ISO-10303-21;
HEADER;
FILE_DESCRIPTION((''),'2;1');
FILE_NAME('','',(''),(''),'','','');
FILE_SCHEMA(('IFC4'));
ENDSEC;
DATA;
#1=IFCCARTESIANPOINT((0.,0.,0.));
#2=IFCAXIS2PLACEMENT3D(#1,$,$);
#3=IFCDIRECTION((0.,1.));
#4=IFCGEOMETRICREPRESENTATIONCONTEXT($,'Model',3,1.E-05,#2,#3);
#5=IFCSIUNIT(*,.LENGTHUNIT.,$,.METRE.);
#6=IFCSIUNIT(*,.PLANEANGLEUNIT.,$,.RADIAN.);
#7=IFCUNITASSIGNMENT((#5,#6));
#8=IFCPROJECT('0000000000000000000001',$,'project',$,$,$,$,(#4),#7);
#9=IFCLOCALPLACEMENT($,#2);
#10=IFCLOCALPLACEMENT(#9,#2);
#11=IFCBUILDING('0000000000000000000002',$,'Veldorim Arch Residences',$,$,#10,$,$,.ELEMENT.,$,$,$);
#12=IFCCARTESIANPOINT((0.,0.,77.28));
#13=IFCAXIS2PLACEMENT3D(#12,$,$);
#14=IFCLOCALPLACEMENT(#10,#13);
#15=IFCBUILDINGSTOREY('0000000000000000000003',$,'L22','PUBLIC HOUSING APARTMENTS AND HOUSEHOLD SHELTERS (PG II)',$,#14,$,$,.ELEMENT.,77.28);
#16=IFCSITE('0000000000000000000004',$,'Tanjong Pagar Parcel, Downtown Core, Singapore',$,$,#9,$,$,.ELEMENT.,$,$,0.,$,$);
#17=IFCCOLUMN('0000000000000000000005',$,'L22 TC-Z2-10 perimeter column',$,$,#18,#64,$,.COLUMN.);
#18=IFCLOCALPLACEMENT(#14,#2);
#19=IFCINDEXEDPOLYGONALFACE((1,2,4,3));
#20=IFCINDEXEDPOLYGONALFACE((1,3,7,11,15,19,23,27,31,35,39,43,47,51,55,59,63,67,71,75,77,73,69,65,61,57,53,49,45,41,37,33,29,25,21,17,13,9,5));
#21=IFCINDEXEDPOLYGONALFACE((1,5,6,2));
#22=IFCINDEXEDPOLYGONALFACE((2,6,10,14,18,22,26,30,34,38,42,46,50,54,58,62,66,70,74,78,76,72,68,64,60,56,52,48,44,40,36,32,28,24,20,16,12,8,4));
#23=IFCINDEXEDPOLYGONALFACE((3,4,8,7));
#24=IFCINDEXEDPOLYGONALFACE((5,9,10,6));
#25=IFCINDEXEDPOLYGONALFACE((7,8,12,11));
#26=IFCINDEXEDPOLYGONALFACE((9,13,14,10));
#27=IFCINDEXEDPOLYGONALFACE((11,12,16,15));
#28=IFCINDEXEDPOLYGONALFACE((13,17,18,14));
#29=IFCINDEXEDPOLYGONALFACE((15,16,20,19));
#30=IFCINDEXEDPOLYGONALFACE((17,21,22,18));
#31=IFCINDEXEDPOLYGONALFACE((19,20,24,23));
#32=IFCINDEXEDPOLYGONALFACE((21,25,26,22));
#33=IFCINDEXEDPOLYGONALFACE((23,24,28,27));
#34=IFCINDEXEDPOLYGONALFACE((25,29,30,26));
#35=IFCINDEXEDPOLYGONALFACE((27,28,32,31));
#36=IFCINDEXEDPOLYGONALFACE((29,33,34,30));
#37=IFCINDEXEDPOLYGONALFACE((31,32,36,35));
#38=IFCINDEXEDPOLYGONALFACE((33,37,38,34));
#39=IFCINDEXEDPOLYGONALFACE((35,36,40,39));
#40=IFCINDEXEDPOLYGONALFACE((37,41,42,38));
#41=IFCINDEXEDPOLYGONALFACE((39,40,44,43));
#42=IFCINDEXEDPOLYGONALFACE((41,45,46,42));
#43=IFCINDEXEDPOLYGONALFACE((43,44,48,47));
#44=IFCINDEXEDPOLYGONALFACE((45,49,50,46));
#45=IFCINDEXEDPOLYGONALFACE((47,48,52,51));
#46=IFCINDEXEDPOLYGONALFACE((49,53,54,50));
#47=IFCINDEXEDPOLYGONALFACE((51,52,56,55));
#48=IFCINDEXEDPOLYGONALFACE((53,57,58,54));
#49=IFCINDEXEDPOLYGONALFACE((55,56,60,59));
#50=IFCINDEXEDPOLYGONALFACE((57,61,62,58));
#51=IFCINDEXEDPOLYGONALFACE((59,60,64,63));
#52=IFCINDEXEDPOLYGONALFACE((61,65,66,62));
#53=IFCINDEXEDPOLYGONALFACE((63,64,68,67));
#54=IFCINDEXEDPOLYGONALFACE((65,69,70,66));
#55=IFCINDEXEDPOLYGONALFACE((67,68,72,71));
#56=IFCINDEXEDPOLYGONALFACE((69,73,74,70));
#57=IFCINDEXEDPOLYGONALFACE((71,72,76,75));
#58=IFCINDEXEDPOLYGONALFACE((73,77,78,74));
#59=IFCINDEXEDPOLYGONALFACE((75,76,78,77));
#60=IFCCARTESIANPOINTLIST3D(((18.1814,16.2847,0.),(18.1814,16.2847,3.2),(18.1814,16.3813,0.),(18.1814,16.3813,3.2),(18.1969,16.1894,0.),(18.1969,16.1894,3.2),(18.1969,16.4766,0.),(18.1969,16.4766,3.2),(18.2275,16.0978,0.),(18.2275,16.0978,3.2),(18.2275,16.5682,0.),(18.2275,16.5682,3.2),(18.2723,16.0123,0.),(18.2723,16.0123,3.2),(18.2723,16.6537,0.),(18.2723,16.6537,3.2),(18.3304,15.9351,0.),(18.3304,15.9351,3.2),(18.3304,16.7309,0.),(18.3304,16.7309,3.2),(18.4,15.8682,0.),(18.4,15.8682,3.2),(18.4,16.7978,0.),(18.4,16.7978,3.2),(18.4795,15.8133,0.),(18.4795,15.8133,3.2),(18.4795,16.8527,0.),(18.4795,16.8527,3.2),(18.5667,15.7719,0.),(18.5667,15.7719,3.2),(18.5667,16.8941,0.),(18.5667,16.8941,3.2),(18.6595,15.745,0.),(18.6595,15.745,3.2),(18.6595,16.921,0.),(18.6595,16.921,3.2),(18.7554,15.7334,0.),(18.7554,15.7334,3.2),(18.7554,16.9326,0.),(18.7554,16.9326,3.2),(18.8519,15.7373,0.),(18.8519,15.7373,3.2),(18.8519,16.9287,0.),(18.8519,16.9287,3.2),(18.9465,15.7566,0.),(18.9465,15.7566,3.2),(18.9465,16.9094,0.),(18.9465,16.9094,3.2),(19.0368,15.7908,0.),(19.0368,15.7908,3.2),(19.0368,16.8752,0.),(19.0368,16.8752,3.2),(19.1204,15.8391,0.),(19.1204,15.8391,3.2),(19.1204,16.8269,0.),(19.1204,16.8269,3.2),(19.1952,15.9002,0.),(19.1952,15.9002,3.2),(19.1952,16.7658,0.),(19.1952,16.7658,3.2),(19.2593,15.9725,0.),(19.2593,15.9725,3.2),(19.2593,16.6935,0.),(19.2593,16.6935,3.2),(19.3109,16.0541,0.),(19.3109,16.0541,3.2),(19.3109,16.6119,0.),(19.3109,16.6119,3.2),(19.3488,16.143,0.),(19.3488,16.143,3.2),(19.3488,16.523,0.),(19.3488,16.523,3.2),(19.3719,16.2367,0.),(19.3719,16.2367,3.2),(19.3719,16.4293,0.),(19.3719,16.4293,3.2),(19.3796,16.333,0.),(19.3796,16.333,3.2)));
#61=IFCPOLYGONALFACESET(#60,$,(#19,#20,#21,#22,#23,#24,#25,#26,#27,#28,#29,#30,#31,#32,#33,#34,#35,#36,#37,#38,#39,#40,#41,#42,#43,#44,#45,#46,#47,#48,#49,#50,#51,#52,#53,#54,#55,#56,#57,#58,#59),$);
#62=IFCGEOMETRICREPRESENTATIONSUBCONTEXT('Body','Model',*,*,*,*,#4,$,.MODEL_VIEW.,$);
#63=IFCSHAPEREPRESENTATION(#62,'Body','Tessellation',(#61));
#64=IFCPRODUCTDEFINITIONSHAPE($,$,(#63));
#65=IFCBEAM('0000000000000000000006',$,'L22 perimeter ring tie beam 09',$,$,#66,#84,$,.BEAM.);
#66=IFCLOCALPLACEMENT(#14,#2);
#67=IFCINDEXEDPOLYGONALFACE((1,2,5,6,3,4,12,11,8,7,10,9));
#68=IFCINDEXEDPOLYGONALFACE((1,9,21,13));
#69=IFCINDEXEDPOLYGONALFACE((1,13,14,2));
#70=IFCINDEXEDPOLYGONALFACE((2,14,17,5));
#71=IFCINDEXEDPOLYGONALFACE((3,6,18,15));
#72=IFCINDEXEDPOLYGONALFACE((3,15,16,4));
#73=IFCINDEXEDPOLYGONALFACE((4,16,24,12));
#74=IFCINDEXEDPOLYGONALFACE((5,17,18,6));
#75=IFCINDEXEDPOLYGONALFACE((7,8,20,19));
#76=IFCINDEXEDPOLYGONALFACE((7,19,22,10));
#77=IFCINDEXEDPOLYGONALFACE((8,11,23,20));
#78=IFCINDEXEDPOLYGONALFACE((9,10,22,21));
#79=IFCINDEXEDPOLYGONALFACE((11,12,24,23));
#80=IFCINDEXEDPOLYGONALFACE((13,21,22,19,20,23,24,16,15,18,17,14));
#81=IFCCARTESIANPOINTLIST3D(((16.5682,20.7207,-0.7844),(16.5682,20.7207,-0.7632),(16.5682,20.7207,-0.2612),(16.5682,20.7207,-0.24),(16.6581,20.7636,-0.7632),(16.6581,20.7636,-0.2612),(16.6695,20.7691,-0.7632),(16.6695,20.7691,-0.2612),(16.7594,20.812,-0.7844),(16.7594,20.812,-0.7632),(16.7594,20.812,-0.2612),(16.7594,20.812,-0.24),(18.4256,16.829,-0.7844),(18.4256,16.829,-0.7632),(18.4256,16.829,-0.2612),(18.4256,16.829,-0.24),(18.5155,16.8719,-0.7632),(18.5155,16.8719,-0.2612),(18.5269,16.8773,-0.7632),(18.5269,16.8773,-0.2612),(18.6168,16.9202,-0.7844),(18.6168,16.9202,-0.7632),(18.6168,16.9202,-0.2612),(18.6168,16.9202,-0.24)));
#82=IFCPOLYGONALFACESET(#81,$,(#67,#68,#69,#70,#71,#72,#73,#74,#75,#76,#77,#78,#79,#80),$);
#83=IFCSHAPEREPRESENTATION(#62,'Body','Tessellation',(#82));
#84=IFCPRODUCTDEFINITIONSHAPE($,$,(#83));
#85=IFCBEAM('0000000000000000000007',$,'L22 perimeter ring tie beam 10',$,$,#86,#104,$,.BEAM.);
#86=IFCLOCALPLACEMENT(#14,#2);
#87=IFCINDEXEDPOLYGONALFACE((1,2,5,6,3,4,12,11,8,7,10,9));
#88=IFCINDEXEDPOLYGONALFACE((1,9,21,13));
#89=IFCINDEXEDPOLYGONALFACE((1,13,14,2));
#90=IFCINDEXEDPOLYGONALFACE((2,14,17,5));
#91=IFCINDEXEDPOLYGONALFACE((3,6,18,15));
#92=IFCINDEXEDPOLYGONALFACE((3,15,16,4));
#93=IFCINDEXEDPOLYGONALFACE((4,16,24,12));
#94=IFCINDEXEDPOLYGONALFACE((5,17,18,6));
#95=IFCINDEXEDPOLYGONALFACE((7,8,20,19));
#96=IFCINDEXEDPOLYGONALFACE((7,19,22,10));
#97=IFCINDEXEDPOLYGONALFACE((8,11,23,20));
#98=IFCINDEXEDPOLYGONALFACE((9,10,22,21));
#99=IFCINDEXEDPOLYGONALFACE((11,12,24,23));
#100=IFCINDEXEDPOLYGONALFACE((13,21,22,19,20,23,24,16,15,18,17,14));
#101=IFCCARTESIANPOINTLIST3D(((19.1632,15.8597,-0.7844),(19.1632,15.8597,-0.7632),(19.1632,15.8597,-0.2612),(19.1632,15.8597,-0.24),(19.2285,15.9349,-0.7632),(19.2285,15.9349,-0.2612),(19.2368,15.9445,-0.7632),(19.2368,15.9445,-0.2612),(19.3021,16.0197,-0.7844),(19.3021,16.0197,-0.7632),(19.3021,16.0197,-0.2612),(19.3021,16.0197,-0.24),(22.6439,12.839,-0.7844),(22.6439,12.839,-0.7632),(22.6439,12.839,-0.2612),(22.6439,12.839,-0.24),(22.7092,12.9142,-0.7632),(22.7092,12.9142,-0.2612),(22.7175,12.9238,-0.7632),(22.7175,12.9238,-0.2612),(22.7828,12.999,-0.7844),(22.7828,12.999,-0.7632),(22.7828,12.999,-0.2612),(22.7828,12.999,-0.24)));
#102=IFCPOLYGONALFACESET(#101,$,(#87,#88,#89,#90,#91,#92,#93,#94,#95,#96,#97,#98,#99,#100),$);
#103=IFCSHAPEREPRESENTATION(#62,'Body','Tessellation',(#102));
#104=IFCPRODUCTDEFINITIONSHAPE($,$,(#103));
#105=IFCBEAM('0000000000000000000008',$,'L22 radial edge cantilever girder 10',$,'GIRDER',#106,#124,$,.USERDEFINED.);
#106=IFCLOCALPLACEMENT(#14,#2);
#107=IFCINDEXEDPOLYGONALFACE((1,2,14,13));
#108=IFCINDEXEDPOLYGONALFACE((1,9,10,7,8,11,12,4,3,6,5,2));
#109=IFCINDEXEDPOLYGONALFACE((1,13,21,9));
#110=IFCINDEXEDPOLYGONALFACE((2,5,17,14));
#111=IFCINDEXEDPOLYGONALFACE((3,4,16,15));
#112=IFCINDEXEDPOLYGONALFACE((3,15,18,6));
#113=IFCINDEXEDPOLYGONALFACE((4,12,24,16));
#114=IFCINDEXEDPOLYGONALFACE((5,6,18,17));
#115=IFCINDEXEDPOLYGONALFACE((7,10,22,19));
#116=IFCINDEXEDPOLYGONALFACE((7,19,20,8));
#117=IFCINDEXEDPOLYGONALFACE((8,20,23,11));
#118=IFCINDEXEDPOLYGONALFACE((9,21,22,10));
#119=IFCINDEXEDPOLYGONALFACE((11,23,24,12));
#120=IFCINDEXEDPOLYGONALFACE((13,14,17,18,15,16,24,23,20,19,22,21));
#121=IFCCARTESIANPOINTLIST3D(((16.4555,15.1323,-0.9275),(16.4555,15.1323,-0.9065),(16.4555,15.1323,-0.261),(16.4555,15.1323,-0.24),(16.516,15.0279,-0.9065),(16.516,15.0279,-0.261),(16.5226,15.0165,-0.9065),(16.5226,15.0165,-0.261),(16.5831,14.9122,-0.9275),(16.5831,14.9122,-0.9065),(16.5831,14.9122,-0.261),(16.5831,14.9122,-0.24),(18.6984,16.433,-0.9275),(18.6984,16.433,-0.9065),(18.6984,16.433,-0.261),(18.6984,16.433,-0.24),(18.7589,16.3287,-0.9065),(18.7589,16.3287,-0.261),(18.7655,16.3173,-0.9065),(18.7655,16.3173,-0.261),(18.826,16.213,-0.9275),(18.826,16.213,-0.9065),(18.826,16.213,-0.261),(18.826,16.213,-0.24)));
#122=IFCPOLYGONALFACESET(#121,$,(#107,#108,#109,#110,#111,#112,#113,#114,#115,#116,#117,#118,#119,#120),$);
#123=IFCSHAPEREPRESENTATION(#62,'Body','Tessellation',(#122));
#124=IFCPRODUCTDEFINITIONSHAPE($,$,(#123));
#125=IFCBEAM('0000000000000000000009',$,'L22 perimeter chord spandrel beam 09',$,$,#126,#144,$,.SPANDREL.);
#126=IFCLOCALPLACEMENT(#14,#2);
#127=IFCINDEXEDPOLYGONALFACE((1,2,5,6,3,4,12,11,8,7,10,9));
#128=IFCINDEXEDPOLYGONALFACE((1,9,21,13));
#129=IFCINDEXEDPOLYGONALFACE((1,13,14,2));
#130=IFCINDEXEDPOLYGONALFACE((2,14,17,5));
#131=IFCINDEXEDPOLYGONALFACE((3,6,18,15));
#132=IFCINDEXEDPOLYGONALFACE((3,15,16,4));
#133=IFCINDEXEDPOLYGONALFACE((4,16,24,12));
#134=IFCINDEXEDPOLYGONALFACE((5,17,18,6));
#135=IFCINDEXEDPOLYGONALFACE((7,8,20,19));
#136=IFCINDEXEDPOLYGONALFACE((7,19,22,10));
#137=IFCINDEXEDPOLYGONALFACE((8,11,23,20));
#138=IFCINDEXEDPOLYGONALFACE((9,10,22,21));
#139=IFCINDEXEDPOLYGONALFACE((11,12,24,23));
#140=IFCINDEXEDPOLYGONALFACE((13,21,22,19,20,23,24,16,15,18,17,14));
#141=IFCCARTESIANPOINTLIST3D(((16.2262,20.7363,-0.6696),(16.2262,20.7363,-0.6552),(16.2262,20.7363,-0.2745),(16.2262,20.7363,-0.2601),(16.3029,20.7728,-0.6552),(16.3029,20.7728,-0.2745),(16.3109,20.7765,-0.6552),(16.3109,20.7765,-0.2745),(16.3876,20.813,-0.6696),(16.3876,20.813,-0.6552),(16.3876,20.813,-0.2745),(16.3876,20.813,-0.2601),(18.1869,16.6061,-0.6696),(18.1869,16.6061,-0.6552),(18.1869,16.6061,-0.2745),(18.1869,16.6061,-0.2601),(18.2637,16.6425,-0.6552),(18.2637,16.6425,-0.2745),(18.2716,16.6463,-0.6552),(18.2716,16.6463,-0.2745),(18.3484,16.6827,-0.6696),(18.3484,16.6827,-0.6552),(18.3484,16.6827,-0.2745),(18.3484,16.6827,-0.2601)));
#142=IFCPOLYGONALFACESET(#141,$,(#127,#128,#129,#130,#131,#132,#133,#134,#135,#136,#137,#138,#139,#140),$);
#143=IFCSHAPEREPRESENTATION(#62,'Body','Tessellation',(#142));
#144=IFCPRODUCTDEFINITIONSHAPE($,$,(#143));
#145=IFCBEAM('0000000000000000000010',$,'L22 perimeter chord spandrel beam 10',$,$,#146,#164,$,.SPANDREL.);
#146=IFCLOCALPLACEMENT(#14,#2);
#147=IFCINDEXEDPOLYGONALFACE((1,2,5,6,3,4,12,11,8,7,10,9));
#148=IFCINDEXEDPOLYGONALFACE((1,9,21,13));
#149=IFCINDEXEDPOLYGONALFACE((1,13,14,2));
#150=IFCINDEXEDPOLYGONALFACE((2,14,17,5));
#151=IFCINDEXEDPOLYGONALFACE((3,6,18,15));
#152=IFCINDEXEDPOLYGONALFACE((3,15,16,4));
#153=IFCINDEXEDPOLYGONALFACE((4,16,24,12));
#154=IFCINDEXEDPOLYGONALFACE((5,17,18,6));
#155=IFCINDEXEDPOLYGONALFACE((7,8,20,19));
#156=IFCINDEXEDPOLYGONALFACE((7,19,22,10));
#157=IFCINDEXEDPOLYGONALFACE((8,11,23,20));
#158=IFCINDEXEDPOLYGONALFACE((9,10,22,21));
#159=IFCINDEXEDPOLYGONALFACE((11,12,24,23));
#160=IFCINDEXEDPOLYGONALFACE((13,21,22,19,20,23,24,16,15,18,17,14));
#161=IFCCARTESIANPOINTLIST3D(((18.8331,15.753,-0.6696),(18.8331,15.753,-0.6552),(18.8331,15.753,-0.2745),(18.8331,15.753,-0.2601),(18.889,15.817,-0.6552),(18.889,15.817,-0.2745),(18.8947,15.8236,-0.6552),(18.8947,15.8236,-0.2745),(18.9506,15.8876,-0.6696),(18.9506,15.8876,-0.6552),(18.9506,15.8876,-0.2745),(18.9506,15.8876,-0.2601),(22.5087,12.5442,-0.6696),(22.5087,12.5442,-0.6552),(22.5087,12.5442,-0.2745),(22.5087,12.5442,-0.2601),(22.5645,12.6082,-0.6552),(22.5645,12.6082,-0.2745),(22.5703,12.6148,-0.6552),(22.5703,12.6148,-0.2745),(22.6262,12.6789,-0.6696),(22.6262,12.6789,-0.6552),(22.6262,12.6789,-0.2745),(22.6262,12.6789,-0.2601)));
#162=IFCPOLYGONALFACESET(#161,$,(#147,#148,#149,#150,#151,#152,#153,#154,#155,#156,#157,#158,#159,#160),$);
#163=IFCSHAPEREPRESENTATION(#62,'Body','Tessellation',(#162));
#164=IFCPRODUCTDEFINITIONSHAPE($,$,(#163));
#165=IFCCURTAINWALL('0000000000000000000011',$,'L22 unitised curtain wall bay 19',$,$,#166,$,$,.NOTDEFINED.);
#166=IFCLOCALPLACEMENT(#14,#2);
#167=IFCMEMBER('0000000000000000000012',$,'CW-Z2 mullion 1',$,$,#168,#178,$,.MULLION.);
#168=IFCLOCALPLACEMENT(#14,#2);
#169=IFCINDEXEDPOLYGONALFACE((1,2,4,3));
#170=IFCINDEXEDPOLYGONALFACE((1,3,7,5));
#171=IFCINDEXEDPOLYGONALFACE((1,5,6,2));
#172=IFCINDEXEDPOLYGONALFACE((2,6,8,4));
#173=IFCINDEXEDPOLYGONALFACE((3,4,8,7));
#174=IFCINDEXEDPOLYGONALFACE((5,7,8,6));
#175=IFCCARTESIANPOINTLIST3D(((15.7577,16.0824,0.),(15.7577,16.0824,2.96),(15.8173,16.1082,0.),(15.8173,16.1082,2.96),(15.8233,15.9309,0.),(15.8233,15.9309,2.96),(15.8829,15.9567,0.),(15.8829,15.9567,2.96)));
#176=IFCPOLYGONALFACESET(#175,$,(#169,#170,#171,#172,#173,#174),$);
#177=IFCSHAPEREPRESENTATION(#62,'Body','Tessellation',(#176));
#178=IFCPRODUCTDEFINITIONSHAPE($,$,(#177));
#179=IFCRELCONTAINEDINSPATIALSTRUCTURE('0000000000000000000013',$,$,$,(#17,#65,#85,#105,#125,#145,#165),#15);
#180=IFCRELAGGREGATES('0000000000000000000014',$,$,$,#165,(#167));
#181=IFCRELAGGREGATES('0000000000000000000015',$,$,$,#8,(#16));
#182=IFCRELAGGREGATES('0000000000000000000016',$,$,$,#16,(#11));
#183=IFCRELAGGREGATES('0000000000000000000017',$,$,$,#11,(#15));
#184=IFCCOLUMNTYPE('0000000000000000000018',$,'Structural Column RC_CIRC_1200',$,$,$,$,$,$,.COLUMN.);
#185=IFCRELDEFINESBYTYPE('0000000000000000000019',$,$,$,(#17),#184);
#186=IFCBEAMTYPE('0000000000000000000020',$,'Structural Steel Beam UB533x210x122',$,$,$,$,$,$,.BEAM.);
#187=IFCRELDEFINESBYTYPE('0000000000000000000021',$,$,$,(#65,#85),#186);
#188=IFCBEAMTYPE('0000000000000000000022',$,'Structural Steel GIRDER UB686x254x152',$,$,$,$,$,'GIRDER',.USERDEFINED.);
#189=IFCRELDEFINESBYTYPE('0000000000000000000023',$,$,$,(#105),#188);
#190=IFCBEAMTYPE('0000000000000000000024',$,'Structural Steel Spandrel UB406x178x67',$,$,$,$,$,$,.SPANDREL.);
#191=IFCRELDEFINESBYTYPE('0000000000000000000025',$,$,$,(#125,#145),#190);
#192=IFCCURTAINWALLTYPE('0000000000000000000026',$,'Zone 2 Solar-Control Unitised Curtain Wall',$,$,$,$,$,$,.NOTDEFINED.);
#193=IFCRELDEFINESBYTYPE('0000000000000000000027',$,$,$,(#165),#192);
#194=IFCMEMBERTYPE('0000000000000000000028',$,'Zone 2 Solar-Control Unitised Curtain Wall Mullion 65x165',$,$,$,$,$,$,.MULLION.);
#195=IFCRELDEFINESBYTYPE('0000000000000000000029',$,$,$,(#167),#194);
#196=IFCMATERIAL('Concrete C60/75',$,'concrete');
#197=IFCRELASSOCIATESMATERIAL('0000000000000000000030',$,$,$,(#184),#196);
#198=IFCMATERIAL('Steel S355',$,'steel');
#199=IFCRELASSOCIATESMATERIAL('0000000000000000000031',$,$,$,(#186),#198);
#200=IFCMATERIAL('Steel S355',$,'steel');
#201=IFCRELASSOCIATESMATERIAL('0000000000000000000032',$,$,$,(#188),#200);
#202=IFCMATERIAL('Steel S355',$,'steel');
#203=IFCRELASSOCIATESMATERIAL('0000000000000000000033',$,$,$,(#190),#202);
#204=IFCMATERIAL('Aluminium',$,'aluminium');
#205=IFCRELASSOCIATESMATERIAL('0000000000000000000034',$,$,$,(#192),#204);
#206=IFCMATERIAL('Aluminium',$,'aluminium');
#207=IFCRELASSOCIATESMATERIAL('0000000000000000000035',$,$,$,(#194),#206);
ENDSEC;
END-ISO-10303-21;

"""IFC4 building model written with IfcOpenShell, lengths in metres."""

from ifc_helpers import new_model, si_unit, direction, frame, origin, origin_2d, place, context, subcontext, project, spatial, rectangle, circle, i_section, extrude, material, material_profile, profile_set, type_object, element, aggregate, save


model = new_model("IFC4")

# Units and contexts
model_context = context("Model", 3, precision=1e-05, world=origin(), true_north=direction((0.0, 1.0)))
body_context = subcontext(model_context, "Body", "Model", "MODEL_VIEW")
ifc_project = project(units=[si_unit("LENGTHUNIT", "METRE"), si_unit("PLANEANGLEUNIT", "RADIAN")], contexts=[model_context])

# Site, building, storey
site_placement = place(None, origin())
site = spatial("IfcSite", under=ifc_project, at=site_placement, Name="Tanjong Pagar Parcel, Downtown Core, Singapore", CompositionType="ELEMENT", RefElevation=0.0)
building_placement = place(site_placement, origin())
building = spatial("IfcBuilding", under=site, at=building_placement, Name="Veldorim Arch Residences", CompositionType="ELEMENT")
storey_placement = place(building_placement, frame((0.0, 0.0, 77.28)))
storey = spatial("IfcBuildingStorey", under=building, at=storey_placement, Name="L22", Description="PUBLIC HOUSING APARTMENTS AND HOUSEHOLD SHELTERS (PG II)", CompositionType="ELEMENT", Elevation=77.28)

# Column
ifc_material_1 = material(Name="Concrete C60/75", Category="concrete")
ifc_material_profile_1 = material_profile(ifc_material_1, circle(Radius=0.6001, at=origin_2d()), Name="RC_CIRC_1200")
ifc_profile_set_1 = profile_set([ifc_material_profile_1], Name="Concrete C60/75")
column_type = type_object("IfcColumnType", Name="Structural Column RC_CIRC_1200", PredefinedType="COLUMN", material=ifc_profile_set_1)
column_placement = place(storey_placement, frame((18.7795, 16.333, 0.0), z_axis=(0.0, 0.0, 1.0), x_axis=(1.0, 0.0, 0.0)))
element("IfcColumn", 1, at=column_placement, inside=storey, type_object=column_type, Name="L22 TC-Z2-10 perimeter column", PredefinedType="COLUMN", context=body_context, shape_type="SweptSolid", body=[
    extrude(circle(Radius=0.6001, at=origin_2d()), origin(), (0.0, 0.0, 1.0), 3.2),
])

# Beams
ifc_material_2 = material(Name="Steel S355", Category="steel")
ifc_material_profile_2 = material_profile(ifc_material_2, i_section(OverallWidth=0.2119, OverallDepth=0.5444, WebThickness=0.0127, FlangeThickness=0.0212, at=origin_2d()), Name="UB533x210x122")
ifc_profile_set_2 = profile_set([ifc_material_profile_2], Name="Steel S355")
beam_type_1 = type_object("IfcBeamType", Name="Structural Steel Beam UB533x210x122", PredefinedType="BEAM", material=ifc_profile_set_2)
beam_1_placement = place(storey_placement, frame((16.6638, 20.7664, -0.5122), z_axis=(0.43072, -0.902486, 0.0), x_axis=(0.902486, 0.43072, 0.0)))
element("IfcBeam", 2, at=beam_1_placement, inside=storey, type_object=beam_type_1, Name="L22 perimeter ring tie beam 09", PredefinedType="BEAM", context=body_context, shape_type="SweptSolid", body=[
    extrude(i_section(OverallWidth=0.2119, OverallDepth=0.5444, WebThickness=0.0127, FlangeThickness=0.0212, at=origin_2d()), origin(), (0.0, 0.0, 1.0), 4.3123),
])
beam_2_placement = place(storey_placement, frame((19.2327, 15.9397, -0.5122), z_axis=(0.755245, -0.655443, 0.0), x_axis=(0.655443, 0.755245, 0.0)))
element("IfcBeam", 3, at=beam_2_placement, inside=storey, type_object=beam_type_1, Name="L22 perimeter ring tie beam 10", PredefinedType="BEAM", context=body_context, shape_type="SweptSolid", body=[
    extrude(i_section(OverallWidth=0.2119, OverallDepth=0.5444, WebThickness=0.0127, FlangeThickness=0.0212, at=origin_2d()), origin(), (0.0, 0.0, 1.0), 4.6086),
])
ifc_material_3 = material(Name="Steel S355", Category="steel")
ifc_material_profile_3 = material_profile(ifc_material_3, i_section(OverallWidth=0.2544, OverallDepth=0.6875, WebThickness=0.0132, FlangeThickness=0.021, at=origin_2d()), Name="UB686x254x152")
ifc_profile_set_3 = profile_set([ifc_material_profile_3], Name="Steel S355")
beam_type_2 = type_object("IfcBeamType", Name="Structural Steel GIRDER UB686x254x152", ElementType="GIRDER", PredefinedType="USERDEFINED", material=ifc_profile_set_3)
beam_3_placement = place(storey_placement, frame((18.7622, 16.323, -0.5837), z_axis=(-0.86505, -0.501686, 0.0), x_axis=(0.501686, -0.86505, 0.0)))
element("IfcBeam", 4, at=beam_3_placement, inside=storey, type_object=beam_type_2, Name="L22 radial edge cantilever girder 10", ObjectType="GIRDER", PredefinedType="USERDEFINED", context=body_context, shape_type="SweptSolid", body=[
    extrude(i_section(OverallWidth=0.2544, OverallDepth=0.6875, WebThickness=0.0132, FlangeThickness=0.021, at=origin_2d()), origin(), (0.0, 0.0, 1.0), 2.5928),
])
ifc_material_4 = material(Name="Steel S355", Category="steel")
ifc_material_profile_4 = material_profile(ifc_material_4, i_section(OverallWidth=0.1787, OverallDepth=0.4094, WebThickness=0.0088, FlangeThickness=0.0144, at=origin_2d()), Name="UB406x178x67")
ifc_profile_set_4 = profile_set([ifc_material_profile_4], Name="Steel S355")
beam_type_3 = type_object("IfcBeamType", Name="Structural Steel Spandrel UB406x178x67", PredefinedType="SPANDREL", material=ifc_profile_set_4)
beam_4_placement = place(storey_placement, frame((16.3069, 20.7747, -0.4648), z_axis=(0.428857, -0.903372, 0.0), x_axis=(0.903372, 0.428857, 0.0)))
element("IfcBeam", 5, at=beam_4_placement, inside=storey, type_object=beam_type_3, Name="L22 perimeter chord spandrel beam 09", PredefinedType="SPANDREL", context=body_context, shape_type="SweptSolid", body=[
    extrude(i_section(OverallWidth=0.1787, OverallDepth=0.4094, WebThickness=0.0088, FlangeThickness=0.0144, at=origin_2d()), origin(), (0.0, 0.0, 1.0), 4.572),
])
beam_5_placement = place(storey_placement, frame((18.8918, 15.8203, -0.4648), z_axis=(0.753323, -0.65765, 0.0), x_axis=(0.65765, 0.753323, 0.0)))
element("IfcBeam", 6, at=beam_5_placement, inside=storey, type_object=beam_type_3, Name="L22 perimeter chord spandrel beam 10", PredefinedType="SPANDREL", context=body_context, shape_type="SweptSolid", body=[
    extrude(i_section(OverallWidth=0.1787, OverallDepth=0.4094, WebThickness=0.0088, FlangeThickness=0.0144, at=origin_2d()), origin(), (0.0, 0.0, 1.0), 4.8792),
])

# Curtain wall, member
ifc_material_5 = material(Name="Aluminium", Category="aluminium")
curtain_wall_type = type_object("IfcCurtainWallType", Name="Zone 2 Solar-Control Unitised Curtain Wall", PredefinedType="NOTDEFINED", material=ifc_material_5)
curtain_wall_1_placement = place(storey_placement, origin())
curtain_wall_1 = element("IfcCurtainWall", 7, at=curtain_wall_1_placement, inside=storey, type_object=curtain_wall_type, Name="L22 unitised curtain wall bay 19", PredefinedType="NOTDEFINED")
ifc_material_6 = material(Name="Aluminium", Category="aluminium")
ifc_material_profile_5 = material_profile(ifc_material_6, rectangle(XDim=0.0649, YDim=0.165, at=origin_2d()), Name="ALU_MUL_65x165")
ifc_profile_set_5 = profile_set([ifc_material_profile_5], Name="Aluminium")
member_type_1 = type_object("IfcMemberType", Name="Zone 2 Solar-Control Unitised Curtain Wall Mullion 65x165", PredefinedType="MULLION", material=ifc_profile_set_5)
member_1_placement = place(storey_placement, frame((15.8203, 16.0195, 0.0), z_axis=(0.0, 0.0, 1.0), x_axis=(-0.917797, -0.397051, 0.0)))
member_1 = element("IfcMember", 8, at=member_1_placement, type_object=member_type_1, Name="CW-Z2 mullion 1", PredefinedType="MULLION", context=body_context, shape_type="SweptSolid", body=[
    extrude(rectangle(XDim=0.0649, YDim=0.165, at=origin_2d()), origin(), (0.0, 0.0, 1.0), 2.96),
])

aggregate(curtain_wall_1, [member_1])

save(model, "model.ifc")
